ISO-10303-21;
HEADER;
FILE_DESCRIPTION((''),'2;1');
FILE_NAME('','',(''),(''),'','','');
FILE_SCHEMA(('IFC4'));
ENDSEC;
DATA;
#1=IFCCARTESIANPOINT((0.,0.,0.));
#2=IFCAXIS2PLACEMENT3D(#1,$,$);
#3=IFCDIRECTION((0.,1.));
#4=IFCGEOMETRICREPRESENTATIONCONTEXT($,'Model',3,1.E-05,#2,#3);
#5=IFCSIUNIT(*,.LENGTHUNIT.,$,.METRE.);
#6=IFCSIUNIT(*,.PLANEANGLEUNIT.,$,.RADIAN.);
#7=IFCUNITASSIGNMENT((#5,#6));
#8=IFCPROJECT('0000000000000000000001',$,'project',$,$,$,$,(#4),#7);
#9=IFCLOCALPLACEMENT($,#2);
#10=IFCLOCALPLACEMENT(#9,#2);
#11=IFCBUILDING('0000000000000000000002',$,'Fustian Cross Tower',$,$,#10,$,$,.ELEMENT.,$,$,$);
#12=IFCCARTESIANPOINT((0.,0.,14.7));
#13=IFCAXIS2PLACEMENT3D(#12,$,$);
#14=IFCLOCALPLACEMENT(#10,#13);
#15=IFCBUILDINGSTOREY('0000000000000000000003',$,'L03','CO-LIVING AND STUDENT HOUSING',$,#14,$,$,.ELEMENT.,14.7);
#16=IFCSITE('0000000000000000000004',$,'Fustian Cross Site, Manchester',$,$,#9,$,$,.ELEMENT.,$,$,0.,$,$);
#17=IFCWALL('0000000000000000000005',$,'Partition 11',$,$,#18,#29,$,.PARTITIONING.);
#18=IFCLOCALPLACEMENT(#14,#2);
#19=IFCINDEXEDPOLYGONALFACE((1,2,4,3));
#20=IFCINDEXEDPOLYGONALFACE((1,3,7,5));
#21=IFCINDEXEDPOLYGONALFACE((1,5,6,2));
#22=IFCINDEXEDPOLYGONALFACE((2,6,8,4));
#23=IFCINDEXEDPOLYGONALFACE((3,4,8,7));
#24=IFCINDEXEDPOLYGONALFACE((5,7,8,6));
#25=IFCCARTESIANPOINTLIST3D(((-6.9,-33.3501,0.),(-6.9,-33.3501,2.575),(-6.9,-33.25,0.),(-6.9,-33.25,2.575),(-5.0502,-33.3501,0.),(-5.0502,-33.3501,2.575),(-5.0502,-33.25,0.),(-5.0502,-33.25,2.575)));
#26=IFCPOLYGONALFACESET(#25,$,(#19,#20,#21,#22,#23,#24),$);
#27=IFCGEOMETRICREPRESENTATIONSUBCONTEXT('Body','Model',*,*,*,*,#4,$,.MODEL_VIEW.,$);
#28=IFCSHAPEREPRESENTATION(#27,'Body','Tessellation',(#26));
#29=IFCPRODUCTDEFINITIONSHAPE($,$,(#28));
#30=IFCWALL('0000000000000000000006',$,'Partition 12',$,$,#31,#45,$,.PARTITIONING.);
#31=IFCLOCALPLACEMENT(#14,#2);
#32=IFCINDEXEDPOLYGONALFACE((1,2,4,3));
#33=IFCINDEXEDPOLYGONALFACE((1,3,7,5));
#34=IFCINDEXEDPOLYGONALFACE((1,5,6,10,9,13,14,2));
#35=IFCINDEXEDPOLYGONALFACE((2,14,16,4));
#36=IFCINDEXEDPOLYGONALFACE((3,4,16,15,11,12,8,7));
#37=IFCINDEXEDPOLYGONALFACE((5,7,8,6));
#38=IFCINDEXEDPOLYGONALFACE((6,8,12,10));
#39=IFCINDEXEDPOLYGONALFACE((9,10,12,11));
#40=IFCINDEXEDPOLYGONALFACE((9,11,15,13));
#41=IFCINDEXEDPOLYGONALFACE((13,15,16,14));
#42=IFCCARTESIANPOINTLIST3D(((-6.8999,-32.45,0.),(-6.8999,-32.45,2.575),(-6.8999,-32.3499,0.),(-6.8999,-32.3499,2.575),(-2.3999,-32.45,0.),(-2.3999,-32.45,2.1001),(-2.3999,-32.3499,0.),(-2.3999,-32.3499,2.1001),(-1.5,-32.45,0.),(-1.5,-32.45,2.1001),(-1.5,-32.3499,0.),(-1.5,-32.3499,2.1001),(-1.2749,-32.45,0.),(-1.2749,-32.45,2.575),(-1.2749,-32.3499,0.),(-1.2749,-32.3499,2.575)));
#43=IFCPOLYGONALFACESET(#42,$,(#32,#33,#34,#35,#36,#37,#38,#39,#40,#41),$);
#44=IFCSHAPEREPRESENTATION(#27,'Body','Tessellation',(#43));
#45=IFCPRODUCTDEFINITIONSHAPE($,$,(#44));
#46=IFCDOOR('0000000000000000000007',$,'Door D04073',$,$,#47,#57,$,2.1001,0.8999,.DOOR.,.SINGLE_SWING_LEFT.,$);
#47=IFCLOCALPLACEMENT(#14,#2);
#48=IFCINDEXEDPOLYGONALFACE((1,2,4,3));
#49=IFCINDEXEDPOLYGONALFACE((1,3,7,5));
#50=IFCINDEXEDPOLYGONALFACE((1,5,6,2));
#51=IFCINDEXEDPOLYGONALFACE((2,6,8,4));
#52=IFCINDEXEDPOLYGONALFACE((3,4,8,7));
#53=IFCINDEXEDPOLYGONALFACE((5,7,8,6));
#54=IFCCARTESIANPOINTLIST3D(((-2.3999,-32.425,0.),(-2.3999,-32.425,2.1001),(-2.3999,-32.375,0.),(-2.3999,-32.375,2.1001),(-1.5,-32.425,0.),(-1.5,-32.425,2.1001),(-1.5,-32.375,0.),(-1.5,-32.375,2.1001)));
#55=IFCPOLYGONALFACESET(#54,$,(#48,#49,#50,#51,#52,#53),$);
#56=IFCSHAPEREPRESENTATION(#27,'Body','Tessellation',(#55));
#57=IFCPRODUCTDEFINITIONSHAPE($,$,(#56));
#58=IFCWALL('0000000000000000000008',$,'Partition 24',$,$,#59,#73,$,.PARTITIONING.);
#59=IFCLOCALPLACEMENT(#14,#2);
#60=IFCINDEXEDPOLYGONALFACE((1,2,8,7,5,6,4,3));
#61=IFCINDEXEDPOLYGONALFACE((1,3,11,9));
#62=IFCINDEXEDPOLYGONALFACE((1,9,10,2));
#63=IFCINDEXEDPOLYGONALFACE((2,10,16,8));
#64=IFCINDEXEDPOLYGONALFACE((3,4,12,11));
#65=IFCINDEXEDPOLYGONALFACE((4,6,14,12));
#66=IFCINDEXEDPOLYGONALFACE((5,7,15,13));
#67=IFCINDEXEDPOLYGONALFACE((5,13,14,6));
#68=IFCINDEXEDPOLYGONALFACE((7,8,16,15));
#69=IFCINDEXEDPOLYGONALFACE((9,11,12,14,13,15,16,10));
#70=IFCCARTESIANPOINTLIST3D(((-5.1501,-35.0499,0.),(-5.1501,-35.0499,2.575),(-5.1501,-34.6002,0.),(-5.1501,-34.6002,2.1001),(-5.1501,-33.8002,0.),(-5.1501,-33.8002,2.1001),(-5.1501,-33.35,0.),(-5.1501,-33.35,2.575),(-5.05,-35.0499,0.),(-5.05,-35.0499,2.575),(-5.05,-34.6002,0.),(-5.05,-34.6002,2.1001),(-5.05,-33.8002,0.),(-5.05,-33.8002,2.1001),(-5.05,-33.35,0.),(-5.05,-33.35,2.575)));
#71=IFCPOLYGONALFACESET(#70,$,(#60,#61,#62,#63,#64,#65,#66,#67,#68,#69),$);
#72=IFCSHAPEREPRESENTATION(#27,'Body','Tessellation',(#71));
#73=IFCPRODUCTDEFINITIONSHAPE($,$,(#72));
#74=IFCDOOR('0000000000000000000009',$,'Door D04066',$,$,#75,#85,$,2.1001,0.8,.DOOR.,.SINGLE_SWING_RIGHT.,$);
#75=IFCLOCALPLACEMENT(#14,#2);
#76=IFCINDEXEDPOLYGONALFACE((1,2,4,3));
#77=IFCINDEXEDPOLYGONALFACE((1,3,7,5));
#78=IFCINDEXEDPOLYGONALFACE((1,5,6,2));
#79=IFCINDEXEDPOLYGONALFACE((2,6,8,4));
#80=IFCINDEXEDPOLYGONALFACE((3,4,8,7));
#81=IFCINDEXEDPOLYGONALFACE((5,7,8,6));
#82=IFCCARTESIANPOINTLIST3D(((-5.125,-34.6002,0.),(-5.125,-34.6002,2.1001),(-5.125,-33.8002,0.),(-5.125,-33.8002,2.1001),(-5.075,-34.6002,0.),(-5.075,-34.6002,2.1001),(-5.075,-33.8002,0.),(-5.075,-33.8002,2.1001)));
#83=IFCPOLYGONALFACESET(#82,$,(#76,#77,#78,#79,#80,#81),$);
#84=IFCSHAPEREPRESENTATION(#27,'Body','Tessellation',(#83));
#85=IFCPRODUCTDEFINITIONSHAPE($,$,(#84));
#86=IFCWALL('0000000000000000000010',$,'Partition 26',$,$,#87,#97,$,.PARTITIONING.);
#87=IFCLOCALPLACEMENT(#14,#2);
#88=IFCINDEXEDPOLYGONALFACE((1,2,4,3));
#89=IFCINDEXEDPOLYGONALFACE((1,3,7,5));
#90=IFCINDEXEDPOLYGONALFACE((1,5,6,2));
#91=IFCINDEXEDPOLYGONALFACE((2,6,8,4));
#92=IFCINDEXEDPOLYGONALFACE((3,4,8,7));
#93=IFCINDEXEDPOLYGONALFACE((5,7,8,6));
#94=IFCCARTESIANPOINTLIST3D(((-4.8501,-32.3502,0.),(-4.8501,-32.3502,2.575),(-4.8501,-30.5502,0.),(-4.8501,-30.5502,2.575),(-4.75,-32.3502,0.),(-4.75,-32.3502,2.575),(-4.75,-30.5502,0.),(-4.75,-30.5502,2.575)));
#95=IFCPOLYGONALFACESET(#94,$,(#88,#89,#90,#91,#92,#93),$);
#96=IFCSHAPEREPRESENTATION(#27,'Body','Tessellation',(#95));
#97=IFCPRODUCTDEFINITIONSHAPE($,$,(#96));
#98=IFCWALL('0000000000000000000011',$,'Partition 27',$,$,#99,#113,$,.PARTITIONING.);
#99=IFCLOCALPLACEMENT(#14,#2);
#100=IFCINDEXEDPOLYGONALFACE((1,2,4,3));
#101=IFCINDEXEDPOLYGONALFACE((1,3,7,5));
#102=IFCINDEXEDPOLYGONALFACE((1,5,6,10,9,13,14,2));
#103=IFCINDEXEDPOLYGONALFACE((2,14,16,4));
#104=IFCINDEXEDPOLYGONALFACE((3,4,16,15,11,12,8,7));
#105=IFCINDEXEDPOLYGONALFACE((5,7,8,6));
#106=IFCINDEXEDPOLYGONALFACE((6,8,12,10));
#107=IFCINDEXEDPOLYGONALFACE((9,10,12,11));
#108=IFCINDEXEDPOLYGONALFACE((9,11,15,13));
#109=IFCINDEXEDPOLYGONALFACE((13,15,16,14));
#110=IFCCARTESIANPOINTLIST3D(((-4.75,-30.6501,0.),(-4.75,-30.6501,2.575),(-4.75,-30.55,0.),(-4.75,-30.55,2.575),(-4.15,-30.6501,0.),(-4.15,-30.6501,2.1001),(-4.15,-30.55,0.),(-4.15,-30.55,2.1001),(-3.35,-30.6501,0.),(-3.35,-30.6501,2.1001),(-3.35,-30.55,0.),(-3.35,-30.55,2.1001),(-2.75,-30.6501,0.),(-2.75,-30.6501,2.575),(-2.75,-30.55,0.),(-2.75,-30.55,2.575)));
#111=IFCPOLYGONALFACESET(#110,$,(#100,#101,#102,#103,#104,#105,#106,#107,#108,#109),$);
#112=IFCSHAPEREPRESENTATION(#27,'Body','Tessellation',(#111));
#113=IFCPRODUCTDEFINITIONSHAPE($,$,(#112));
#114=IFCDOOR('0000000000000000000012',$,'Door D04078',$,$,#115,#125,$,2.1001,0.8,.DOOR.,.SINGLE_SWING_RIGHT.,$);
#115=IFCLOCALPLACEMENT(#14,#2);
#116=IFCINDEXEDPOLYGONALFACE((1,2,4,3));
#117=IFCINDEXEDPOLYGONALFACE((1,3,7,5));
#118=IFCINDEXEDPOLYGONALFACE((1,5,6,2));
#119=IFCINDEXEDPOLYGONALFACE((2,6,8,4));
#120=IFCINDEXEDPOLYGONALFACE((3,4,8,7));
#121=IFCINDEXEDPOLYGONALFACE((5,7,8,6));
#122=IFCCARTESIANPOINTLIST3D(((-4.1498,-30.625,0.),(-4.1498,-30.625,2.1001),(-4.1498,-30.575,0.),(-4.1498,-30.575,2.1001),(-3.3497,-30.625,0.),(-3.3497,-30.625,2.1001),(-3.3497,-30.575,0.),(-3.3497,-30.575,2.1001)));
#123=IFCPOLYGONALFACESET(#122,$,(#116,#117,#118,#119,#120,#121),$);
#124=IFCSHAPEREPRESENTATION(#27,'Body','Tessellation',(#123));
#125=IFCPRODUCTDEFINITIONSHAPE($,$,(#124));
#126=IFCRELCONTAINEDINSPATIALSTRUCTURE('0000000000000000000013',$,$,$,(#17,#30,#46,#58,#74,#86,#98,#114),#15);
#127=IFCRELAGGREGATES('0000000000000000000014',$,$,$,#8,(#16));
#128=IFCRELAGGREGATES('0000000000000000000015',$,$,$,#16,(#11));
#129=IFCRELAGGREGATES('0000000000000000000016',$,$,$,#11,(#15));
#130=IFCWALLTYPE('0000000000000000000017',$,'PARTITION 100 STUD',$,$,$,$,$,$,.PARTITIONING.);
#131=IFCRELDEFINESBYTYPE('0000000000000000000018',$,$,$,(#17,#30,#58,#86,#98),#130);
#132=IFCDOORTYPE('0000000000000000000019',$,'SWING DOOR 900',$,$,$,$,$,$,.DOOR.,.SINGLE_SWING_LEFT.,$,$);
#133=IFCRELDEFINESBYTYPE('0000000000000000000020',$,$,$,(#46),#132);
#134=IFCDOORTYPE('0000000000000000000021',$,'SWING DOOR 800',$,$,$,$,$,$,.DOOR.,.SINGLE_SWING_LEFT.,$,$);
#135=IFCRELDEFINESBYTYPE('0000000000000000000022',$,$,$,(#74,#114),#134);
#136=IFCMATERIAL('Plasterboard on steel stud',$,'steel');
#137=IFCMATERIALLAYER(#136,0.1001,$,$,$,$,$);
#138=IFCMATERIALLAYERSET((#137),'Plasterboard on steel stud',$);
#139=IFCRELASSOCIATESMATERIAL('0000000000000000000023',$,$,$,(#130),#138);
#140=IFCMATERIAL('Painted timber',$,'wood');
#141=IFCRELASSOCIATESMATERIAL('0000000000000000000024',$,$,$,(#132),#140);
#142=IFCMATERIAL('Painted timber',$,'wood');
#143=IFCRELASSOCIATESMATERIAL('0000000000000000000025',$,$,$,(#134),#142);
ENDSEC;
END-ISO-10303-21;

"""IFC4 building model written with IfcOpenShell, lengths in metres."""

from ifc_helpers import new_model, si_unit, direction, frame, frame_2d, origin, place, context, subcontext, project, spatial, rectangle, extrude, material, layer, layer_set, type_object, element, fill, save


model = new_model("IFC4")

# Units and contexts
model_context = context("Model", 3, precision=1e-05, world=origin(), true_north=direction((0.0, 1.0)))
body_context = subcontext(model_context, "Body", "Model", "MODEL_VIEW")
ifc_project = project(units=[si_unit("LENGTHUNIT", "METRE"), si_unit("PLANEANGLEUNIT", "RADIAN")], contexts=[model_context])

# Site, building, storey
site_placement = place(None, origin())
site = spatial("IfcSite", under=ifc_project, at=site_placement, Name="Fustian Cross Site, Manchester", CompositionType="ELEMENT", RefElevation=0.0)
building_placement = place(site_placement, origin())
building = spatial("IfcBuilding", under=site, at=building_placement, Name="Fustian Cross Tower", CompositionType="ELEMENT")
storey_placement = place(building_placement, frame((0.0, 0.0, 14.7)))
storey = spatial("IfcBuildingStorey", under=building, at=storey_placement, Name="L03", Description="CO-LIVING AND STUDENT HOUSING", CompositionType="ELEMENT", Elevation=14.7)

# Wall
ifc_material_1 = material(Name="Plasterboard on steel stud", Category="steel")
ifc_layer_1 = layer(ifc_material_1, 0.1001)
ifc_layer_set_1 = layer_set([ifc_layer_1], Name="Plasterboard on steel stud")
wall_type_1 = type_object("IfcWallType", Name="PARTITION 100 STUD", PredefinedType="PARTITIONING", material=ifc_layer_set_1)
wall_1_placement = place(storey_placement, frame((-6.8999, -33.3, 0.0), z_axis=(0.0, 0.0, 1.0), x_axis=(1.0, 0.0, 0.0)))
element("IfcWall", 1, at=wall_1_placement, inside=storey, type_object=wall_type_1, Name="Partition 11", PredefinedType="PARTITIONING", context=body_context, shape_type="SweptSolid", body=[
    extrude(rectangle(XDim=1.8499, YDim=0.1001, at=frame_2d((0.9248, 0.0))), origin(), (0.0, 0.0, 1.0), 2.575),
])

# Walls, openings, doors
wall_2_placement = place(storey_placement, frame((-6.8999, -32.3999, 0.0), z_axis=(0.0, 0.0, 1.0), x_axis=(1.0, 0.0, 0.0)))
wall_2 = element("IfcWall", 2, at=wall_2_placement, inside=storey, type_object=wall_type_1, Name="Partition 12", PredefinedType="PARTITIONING", context=body_context, shape_type="SweptSolid", body=[
    extrude(rectangle(XDim=5.625, YDim=0.1001, at=frame_2d((2.8125, 0.0))), origin(), (0.0, 0.0, 1.0), 2.575),
])
opening_1_placement = place(wall_2_placement, frame((4.5, 0.0, 0.0)))
opening_1 = element("IfcOpeningElement", 3, at=opening_1_placement, cuts=wall_2, PredefinedType="OPENING", context=body_context, shape_type="SweptSolid", body=[
    extrude(rectangle(XDim=0.8999, YDim=2.1001, at=frame_2d((0.45, 1.05))), frame((0.0, 0.0601, 0.0), z_axis=(0.0, -1.0, 0.0), x_axis=(1.0, 0.0, 0.0)), (0.0, 0.0, 1.0), 0.1201),
])
ifc_material_2 = material(Name="Painted timber", Category="wood")
door_type_1 = type_object("IfcDoorType", Name="SWING DOOR 900", OperationType="SINGLE_SWING_LEFT", PredefinedType="DOOR", material=ifc_material_2)
door_1_placement = place(opening_1_placement, origin())
door_1 = element("IfcDoor", 4, at=door_1_placement, inside=storey, type_object=door_type_1, Name="Door D04073", OperationType="SINGLE_SWING_LEFT", OverallHeight=2.1001, OverallWidth=0.8999, PredefinedType="DOOR", context=body_context, shape_type="SweptSolid", body=[
    extrude(rectangle(XDim=0.8999, YDim=2.1001, at=frame_2d((0.45, 1.05))), frame((0.0, 0.0249, 0.0), z_axis=(0.0, -1.0, 0.0), x_axis=(1.0, 0.0, 0.0)), (0.0, 0.0, 1.0), 0.05),
])
fill(opening_1, door_1)
wall_3_placement = place(storey_placement, frame((-5.1001, -35.05, 0.0), z_axis=(0.0, 0.0, 1.0), x_axis=(0.0, 1.0, 0.0)))
wall_3 = element("IfcWall", 5, at=wall_3_placement, inside=storey, type_object=wall_type_1, Name="Partition 24", PredefinedType="PARTITIONING", context=body_context, shape_type="SweptSolid", body=[
    extrude(rectangle(XDim=1.7, YDim=0.1001, at=frame_2d((0.8501, 0.0))), origin(), (0.0, 0.0, 1.0), 2.575),
])
opening_2_placement = place(wall_3_placement, frame((0.45, 0.0, 0.0)))
opening_2 = element("IfcOpeningElement", 6, at=opening_2_placement, cuts=wall_3, PredefinedType="OPENING", context=body_context, shape_type="SweptSolid", body=[
    extrude(rectangle(XDim=0.8, YDim=2.1001, at=frame_2d((0.3999, 1.05))), frame((0.0, 0.0601, 0.0), z_axis=(0.0, -1.0, 0.0), x_axis=(1.0, 0.0, 0.0)), (0.0, 0.0, 1.0), 0.1201),
])
ifc_material_3 = material(Name="Painted timber", Category="wood")
door_type_2 = type_object("IfcDoorType", Name="SWING DOOR 800", OperationType="SINGLE_SWING_LEFT", PredefinedType="DOOR", material=ifc_material_3)
door_2_placement = place(opening_2_placement, origin())
door_2 = element("IfcDoor", 7, at=door_2_placement, inside=storey, type_object=door_type_2, Name="Door D04066", OperationType="SINGLE_SWING_RIGHT", OverallHeight=2.1001, OverallWidth=0.8, PredefinedType="DOOR", context=body_context, shape_type="SweptSolid", body=[
    extrude(rectangle(XDim=0.8, YDim=2.1001, at=frame_2d((0.3999, 1.05))), frame((0.0, 0.0249, 0.0), z_axis=(0.0, -1.0, 0.0), x_axis=(1.0, 0.0, 0.0)), (0.0, 0.0, 1.0), 0.05),
])
fill(opening_2, door_2)

# Wall
wall_4_placement = place(storey_placement, frame((-4.8, -32.3501, 0.0), z_axis=(0.0, 0.0, 1.0), x_axis=(0.0, 1.0, 0.0)))
element("IfcWall", 8, at=wall_4_placement, inside=storey, type_object=wall_type_1, Name="Partition 26", PredefinedType="PARTITIONING", context=body_context, shape_type="SweptSolid", body=[
    extrude(rectangle(XDim=1.8, YDim=0.1001, at=frame_2d((0.8999, 0.0))), origin(), (0.0, 0.0, 1.0), 2.575),
])

# Wall, opening, door
wall_5_placement = place(storey_placement, frame((-4.75, -30.6001, 0.0), z_axis=(0.0, 0.0, 1.0), x_axis=(1.0, 0.0, 0.0)))
wall_5 = element("IfcWall", 9, at=wall_5_placement, inside=storey, type_object=wall_type_1, Name="Partition 27", PredefinedType="PARTITIONING", context=body_context, shape_type="SweptSolid", body=[
    extrude(rectangle(XDim=2.0, YDim=0.1001, at=frame_2d((1.0, 0.0))), origin(), (0.0, 0.0, 1.0), 2.575),
])
opening_3_placement = place(wall_5_placement, frame((0.6001, 0.0, 0.0)))
opening_3 = element("IfcOpeningElement", 10, at=opening_3_placement, cuts=wall_5, PredefinedType="OPENING", context=body_context, shape_type="SweptSolid", body=[
    extrude(rectangle(XDim=0.8, YDim=2.1001, at=frame_2d((0.3999, 1.05))), frame((0.0, 0.0601, 0.0), z_axis=(0.0, -1.0, 0.0), x_axis=(1.0, 0.0, 0.0)), (0.0, 0.0, 1.0), 0.1201),
])
door_3_placement = place(opening_3_placement, frame((0.8, 0.0, 0.0), z_axis=(0.0, 0.0, 1.0), x_axis=(-1.0, 0.0, 0.0)))
door_3 = element("IfcDoor", 11, at=door_3_placement, inside=storey, type_object=door_type_2, Name="Door D04078", OperationType="SINGLE_SWING_RIGHT", OverallHeight=2.1001, OverallWidth=0.8, PredefinedType="DOOR", context=body_context, shape_type="SweptSolid", body=[
    extrude(rectangle(XDim=0.8, YDim=2.1001, at=frame_2d((0.3999, 1.05))), frame((0.0, 0.0249, 0.0), z_axis=(0.0, -1.0, 0.0), x_axis=(1.0, 0.0, 0.0)), (0.0, 0.0, 1.0), 0.05),
])
fill(opening_3, door_3)

save(model, "model.ifc")
